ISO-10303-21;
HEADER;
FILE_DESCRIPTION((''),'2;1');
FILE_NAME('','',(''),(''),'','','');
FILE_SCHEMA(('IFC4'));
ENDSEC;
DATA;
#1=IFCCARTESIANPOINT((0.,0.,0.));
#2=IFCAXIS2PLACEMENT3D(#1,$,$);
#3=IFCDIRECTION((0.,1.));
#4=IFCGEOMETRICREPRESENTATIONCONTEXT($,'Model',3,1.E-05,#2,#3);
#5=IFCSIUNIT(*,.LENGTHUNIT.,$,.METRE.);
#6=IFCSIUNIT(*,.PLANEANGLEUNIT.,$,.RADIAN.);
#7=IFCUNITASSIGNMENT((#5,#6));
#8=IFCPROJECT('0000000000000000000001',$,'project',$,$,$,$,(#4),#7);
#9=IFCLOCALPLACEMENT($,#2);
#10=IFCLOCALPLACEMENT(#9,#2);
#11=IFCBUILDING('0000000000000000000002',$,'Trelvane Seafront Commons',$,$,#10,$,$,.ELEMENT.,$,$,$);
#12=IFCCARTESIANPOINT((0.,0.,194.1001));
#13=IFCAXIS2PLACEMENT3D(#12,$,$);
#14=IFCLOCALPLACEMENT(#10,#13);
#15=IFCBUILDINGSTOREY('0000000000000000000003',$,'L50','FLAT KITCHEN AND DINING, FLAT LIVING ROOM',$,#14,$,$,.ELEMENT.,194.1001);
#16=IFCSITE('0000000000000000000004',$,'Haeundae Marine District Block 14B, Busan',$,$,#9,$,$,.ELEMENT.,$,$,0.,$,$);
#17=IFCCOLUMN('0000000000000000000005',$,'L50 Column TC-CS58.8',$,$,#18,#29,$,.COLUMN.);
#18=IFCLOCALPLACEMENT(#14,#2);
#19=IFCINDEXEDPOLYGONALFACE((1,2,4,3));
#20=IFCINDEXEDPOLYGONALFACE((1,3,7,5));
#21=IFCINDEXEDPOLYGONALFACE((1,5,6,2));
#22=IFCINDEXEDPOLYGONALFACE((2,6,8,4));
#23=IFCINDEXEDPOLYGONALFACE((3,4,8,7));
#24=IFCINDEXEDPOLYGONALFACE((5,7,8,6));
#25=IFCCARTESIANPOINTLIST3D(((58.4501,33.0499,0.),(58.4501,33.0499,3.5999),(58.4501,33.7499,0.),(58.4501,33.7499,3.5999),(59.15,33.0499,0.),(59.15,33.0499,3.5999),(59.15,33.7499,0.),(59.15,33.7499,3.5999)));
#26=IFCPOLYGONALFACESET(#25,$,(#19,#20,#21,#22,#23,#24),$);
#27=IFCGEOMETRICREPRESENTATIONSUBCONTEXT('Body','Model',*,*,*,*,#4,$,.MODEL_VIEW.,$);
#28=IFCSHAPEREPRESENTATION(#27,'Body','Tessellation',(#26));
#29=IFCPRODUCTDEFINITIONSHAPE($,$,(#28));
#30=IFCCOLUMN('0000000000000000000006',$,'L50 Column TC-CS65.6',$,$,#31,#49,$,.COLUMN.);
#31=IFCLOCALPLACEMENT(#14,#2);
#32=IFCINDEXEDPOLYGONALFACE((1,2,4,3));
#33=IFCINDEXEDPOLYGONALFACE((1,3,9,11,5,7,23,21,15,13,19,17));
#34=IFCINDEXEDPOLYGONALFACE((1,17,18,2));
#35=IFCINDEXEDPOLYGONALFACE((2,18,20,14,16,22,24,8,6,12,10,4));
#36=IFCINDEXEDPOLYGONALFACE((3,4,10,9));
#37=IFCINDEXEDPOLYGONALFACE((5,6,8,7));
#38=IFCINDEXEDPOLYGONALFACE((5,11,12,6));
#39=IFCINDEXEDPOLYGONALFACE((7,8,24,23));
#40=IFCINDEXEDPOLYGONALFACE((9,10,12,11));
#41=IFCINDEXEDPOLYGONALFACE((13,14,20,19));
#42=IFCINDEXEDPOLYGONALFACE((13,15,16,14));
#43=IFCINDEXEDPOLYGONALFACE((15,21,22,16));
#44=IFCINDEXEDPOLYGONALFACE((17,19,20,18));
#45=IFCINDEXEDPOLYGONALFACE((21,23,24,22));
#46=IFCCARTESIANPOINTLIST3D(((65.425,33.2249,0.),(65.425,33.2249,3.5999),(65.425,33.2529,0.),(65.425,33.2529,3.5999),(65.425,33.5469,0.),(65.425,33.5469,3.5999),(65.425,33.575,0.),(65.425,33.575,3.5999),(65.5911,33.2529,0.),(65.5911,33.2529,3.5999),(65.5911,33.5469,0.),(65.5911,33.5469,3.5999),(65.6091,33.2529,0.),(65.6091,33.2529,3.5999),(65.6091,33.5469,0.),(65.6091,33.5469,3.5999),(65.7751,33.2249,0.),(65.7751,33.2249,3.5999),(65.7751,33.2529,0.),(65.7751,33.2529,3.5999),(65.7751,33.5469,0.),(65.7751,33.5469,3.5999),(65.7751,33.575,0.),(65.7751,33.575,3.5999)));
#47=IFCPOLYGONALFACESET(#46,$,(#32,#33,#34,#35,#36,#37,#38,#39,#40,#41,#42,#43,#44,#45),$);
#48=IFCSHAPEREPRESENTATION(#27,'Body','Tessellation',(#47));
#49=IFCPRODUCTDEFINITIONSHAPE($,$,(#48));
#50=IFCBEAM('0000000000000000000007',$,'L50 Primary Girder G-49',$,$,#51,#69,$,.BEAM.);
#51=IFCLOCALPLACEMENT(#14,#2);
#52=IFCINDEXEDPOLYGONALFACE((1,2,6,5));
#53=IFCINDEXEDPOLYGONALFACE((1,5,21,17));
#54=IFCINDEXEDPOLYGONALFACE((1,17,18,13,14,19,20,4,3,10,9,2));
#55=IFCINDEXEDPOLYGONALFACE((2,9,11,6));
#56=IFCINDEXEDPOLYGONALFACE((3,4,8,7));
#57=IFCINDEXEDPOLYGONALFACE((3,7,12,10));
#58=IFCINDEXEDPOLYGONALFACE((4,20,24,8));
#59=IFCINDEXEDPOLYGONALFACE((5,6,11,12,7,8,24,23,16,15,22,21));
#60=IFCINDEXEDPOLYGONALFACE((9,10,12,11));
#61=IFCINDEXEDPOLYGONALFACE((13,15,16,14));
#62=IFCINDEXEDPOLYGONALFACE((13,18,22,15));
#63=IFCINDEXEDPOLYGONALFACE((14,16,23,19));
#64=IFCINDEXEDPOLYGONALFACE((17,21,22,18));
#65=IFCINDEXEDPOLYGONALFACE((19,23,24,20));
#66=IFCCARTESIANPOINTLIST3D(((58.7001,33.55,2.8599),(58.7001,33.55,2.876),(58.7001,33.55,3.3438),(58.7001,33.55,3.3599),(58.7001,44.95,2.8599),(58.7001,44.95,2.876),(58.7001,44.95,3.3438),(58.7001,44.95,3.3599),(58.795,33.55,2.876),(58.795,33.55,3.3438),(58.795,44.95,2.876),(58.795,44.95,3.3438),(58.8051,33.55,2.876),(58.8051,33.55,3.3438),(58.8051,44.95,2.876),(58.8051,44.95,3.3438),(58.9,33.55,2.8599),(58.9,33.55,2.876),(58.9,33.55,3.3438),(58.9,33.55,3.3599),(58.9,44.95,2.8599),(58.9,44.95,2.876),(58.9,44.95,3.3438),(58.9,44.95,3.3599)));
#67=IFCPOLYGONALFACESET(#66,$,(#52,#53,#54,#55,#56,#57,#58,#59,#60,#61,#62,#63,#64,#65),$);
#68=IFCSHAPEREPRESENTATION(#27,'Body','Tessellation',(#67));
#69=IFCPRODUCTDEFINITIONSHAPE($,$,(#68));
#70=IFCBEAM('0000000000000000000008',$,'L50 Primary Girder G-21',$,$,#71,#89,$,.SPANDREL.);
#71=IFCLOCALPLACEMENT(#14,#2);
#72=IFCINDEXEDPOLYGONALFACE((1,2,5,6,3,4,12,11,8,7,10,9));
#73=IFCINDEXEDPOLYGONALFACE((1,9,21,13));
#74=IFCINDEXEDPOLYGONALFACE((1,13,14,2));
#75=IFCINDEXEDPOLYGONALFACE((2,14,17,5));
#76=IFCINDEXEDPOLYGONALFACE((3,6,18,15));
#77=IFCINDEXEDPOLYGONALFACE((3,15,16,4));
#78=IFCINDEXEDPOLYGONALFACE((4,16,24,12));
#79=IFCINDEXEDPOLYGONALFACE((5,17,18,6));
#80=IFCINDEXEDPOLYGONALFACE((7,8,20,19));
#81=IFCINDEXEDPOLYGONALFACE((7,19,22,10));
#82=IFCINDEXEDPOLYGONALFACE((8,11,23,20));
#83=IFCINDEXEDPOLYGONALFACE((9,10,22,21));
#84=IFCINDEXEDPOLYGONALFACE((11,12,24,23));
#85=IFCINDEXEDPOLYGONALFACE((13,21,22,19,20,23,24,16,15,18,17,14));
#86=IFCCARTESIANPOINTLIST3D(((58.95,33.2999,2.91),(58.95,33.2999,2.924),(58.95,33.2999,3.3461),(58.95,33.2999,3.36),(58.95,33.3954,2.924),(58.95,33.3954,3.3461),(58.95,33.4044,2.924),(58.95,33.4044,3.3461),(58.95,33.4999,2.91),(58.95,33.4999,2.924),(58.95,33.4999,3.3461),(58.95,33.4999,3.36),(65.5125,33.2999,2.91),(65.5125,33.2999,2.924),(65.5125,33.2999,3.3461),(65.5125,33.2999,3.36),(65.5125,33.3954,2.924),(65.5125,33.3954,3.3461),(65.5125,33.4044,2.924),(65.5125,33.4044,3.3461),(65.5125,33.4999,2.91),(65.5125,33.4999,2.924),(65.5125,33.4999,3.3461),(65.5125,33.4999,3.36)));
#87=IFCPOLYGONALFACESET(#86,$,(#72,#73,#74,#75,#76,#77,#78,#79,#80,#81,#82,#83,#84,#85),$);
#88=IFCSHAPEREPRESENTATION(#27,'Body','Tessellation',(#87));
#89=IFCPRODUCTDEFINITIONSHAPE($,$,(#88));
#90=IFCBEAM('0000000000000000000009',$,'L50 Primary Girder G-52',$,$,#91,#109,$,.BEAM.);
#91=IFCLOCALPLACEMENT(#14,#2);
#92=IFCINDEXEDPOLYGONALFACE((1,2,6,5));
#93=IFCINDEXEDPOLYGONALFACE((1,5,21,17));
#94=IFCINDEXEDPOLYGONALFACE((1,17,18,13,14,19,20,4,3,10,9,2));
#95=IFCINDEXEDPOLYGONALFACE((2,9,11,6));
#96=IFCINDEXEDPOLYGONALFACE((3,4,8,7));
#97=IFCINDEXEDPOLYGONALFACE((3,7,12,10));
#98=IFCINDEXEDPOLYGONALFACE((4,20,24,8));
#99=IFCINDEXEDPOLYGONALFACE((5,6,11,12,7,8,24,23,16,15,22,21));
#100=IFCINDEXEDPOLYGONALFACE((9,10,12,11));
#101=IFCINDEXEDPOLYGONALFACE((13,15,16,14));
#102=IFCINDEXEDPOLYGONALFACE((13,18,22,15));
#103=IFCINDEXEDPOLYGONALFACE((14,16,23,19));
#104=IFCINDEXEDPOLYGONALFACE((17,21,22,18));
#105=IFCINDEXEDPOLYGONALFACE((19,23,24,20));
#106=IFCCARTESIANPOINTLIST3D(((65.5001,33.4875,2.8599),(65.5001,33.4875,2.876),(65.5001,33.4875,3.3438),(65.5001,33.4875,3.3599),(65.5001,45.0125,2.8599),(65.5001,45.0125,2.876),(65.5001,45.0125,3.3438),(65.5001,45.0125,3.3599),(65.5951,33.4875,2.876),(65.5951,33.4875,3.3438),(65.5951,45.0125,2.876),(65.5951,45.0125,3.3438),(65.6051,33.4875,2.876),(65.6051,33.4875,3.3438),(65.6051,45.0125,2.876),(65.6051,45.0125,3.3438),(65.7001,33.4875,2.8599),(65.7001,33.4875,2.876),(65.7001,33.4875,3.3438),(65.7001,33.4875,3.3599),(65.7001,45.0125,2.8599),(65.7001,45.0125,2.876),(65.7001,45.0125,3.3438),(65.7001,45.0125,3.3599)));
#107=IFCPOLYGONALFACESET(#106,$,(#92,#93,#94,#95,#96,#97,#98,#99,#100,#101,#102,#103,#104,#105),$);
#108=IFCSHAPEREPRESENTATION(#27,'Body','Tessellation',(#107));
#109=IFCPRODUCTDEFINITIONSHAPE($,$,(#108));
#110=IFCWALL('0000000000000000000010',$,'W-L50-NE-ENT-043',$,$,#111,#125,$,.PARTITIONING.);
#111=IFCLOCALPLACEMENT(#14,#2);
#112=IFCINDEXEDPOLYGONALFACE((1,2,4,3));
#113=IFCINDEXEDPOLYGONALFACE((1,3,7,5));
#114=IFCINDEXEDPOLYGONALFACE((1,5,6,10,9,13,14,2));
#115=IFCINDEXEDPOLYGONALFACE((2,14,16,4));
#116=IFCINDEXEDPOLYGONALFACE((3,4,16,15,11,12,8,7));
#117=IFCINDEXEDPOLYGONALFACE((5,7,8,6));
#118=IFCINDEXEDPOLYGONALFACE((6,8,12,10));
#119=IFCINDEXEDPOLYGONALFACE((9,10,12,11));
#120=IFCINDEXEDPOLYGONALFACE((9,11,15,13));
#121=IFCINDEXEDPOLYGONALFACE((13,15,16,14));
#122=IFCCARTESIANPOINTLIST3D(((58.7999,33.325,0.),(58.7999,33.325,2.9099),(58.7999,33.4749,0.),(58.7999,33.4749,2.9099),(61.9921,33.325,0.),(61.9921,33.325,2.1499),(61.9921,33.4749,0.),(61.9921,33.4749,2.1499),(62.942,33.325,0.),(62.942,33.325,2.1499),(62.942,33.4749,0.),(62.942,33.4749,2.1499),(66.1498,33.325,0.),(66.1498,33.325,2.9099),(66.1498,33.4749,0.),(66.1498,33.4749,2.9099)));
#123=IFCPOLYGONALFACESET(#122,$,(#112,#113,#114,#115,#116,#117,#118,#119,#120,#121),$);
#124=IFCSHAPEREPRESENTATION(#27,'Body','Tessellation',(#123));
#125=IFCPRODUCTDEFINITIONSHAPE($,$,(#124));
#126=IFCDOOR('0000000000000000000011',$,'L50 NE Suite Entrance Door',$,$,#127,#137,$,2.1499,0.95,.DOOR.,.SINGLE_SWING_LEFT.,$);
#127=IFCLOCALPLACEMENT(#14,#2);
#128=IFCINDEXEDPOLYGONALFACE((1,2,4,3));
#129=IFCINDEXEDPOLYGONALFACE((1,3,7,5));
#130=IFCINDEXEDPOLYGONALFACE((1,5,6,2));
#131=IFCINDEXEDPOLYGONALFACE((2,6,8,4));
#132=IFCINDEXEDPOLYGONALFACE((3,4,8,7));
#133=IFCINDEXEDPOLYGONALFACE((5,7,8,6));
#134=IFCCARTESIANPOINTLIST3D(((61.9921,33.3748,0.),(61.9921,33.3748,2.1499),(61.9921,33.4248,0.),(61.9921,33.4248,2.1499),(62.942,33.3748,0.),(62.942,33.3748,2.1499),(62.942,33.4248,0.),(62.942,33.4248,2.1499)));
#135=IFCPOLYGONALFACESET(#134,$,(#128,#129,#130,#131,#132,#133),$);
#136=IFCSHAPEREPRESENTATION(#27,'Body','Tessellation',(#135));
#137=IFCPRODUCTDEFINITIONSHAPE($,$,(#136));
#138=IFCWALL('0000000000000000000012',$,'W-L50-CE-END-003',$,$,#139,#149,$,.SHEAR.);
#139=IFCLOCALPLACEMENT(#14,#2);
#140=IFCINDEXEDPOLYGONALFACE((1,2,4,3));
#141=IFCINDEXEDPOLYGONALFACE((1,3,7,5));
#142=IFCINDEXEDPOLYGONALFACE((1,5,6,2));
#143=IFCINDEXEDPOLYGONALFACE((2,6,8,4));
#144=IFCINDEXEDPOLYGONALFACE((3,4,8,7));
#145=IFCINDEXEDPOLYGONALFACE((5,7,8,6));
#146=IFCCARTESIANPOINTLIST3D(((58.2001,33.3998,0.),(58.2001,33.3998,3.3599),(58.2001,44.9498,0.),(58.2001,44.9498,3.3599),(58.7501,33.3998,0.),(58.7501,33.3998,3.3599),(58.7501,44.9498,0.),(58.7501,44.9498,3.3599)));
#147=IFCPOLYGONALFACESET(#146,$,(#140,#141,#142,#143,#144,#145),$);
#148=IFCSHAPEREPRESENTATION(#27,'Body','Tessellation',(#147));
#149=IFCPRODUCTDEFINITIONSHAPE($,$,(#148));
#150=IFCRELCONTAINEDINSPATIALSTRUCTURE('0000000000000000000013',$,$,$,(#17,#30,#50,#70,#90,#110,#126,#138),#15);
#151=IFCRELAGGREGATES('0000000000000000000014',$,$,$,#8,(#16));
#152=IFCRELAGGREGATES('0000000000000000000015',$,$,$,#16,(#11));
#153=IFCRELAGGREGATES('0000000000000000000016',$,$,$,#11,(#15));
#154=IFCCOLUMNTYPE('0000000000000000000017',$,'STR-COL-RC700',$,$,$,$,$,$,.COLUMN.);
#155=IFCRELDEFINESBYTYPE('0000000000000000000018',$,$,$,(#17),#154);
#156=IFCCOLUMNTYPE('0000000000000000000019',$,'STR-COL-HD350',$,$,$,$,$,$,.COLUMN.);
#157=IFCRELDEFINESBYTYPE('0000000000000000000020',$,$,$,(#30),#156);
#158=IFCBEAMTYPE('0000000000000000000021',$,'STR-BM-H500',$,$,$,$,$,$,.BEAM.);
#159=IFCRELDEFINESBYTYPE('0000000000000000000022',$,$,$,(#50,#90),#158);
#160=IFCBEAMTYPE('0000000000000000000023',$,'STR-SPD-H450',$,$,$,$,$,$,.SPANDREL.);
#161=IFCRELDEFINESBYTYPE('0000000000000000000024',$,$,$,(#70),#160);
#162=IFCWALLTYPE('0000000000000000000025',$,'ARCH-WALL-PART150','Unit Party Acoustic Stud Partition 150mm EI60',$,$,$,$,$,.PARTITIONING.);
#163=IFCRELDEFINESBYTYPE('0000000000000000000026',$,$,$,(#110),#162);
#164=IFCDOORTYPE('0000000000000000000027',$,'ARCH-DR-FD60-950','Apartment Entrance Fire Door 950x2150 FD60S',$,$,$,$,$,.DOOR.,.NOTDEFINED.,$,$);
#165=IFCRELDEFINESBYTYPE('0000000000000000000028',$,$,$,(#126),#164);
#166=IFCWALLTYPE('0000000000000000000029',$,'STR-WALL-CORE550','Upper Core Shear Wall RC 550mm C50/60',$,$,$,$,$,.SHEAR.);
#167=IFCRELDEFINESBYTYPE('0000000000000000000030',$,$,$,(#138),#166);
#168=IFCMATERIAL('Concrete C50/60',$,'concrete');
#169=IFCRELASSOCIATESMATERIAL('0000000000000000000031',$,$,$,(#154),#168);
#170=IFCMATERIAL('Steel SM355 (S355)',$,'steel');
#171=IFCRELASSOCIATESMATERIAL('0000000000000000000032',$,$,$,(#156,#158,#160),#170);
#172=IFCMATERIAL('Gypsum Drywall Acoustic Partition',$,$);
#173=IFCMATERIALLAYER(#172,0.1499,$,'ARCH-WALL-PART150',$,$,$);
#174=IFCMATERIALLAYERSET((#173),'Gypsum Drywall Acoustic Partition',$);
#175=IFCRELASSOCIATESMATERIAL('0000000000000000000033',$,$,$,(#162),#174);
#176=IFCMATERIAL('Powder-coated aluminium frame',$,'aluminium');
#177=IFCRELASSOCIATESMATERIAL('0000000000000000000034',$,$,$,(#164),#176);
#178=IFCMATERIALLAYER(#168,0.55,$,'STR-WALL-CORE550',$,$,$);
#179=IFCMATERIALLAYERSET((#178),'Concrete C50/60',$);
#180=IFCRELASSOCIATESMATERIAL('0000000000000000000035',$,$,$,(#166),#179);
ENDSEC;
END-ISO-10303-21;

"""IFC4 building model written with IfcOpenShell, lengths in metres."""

from ifc_helpers import new_model, si_unit, direction, frame, frame_2d, origin, origin_2d, place, context, subcontext, project, spatial, rectangle, i_section, extrude, source, transform, mapped, material, layer, layer_set, material_profile, profile_set, type_object, element, fill, save


model = new_model("IFC4")

# Units and contexts
model_context = context("Model", 3, precision=1e-05, world=origin(), true_north=direction((0.0, 1.0)))
body_context = subcontext(model_context, "Body", "Model", "MODEL_VIEW")
ifc_project = project(units=[si_unit("LENGTHUNIT", "METRE"), si_unit("PLANEANGLEUNIT", "RADIAN")], contexts=[model_context])

# Site, building, storey
site_placement = place(None, origin())
site = spatial("IfcSite", under=ifc_project, at=site_placement, Name="Haeundae Marine District Block 14B, Busan", CompositionType="ELEMENT", RefElevation=0.0)
building_placement = place(site_placement, origin())
building = spatial("IfcBuilding", under=site, at=building_placement, Name="Trelvane Seafront Commons", CompositionType="ELEMENT")
storey_placement = place(building_placement, frame((0.0, 0.0, 194.1001)))
storey = spatial("IfcBuildingStorey", under=building, at=storey_placement, Name="L50", Description="FLAT KITCHEN AND DINING, FLAT LIVING ROOM", CompositionType="ELEMENT", Elevation=194.1001)

# Columns
ifc_material_1 = material(Name="Concrete C50/60", Category="concrete")
ifc_material_profile_1 = material_profile(ifc_material_1, rectangle(XDim=0.7, YDim=0.7, at=origin_2d()), Name="RC-700x700")
ifc_profile_set_1 = profile_set([ifc_material_profile_1], Name="Concrete C50/60")
column_type_1 = type_object("IfcColumnType", Name="STR-COL-RC700", PredefinedType="COLUMN", material=ifc_profile_set_1)
shared_shape_1 = source(origin(), body_context, "Body", "SweptSolid", [
    extrude(rectangle(XDim=0.7, YDim=0.7, at=origin_2d()), origin(), (0.0, 0.0, 1.0), 3.5999),
])
column_1_placement = place(storey_placement, frame((58.8, 33.3999, 0.0), z_axis=(0.0, 0.0, 1.0), x_axis=(1.0, 0.0, 0.0)))
element("IfcColumn", 1, at=column_1_placement, inside=storey, type_object=column_type_1, Name="L50 Column TC-CS58.8", PredefinedType="COLUMN", context=body_context, shape_type="MappedRepresentation", body=[
    mapped(shared_shape_1, transform((0.0, 0.0, 0.0), x_axis=(1.0, 0.0, 0.0), y_axis=(0.0, 1.0, 0.0), z_axis=(0.0, 0.0, 1.0), scale=1.0)),
])
ifc_material_2 = material(Name="Steel SM355 (S355)", Category="steel")
ifc_material_profile_2 = material_profile(ifc_material_2, i_section(OverallWidth=0.3501, OverallDepth=0.3501, WebThickness=0.0181, FlangeThickness=0.0281, at=origin_2d()), Name="HD-350x350x18x28")
ifc_profile_set_2 = profile_set([ifc_material_profile_2], Name="Steel SM355 (S355)")
column_type_2 = type_object("IfcColumnType", Name="STR-COL-HD350", PredefinedType="COLUMN", material=ifc_profile_set_2)
shared_shape_2 = source(origin(), body_context, "Body", "SweptSolid", [
    extrude(i_section(OverallWidth=0.3501, OverallDepth=0.3501, WebThickness=0.0181, FlangeThickness=0.0281, at=origin_2d()), origin(), (0.0, 0.0, 1.0), 3.5999),
])
column_2_placement = place(storey_placement, frame((65.6001, 33.3999, 0.0), z_axis=(0.0, 0.0, 1.0), x_axis=(1.0, 0.0, 0.0)))
element("IfcColumn", 2, at=column_2_placement, inside=storey, type_object=column_type_2, Name="L50 Column TC-CS65.6", PredefinedType="COLUMN", context=body_context, shape_type="MappedRepresentation", body=[
    mapped(shared_shape_2, transform((0.0, 0.0, 0.0), x_axis=(1.0, 0.0, 0.0), y_axis=(0.0, 1.0, 0.0), z_axis=(0.0, 0.0, 1.0), scale=1.0)),
])

# Beams
ifc_material_profile_3 = material_profile(ifc_material_2, i_section(OverallWidth=0.2, OverallDepth=0.5, WebThickness=0.01, FlangeThickness=0.0161, at=origin_2d()), Name="H-500x200x10x16")
ifc_profile_set_3 = profile_set([ifc_material_profile_3], Name="Steel SM355 (S355)")
beam_type_1 = type_object("IfcBeamType", Name="STR-BM-H500", PredefinedType="BEAM", material=ifc_profile_set_3)
shared_shape_3 = source(origin(), body_context, "Body", "SweptSolid", [
    extrude(i_section(OverallWidth=0.2, OverallDepth=0.5, WebThickness=0.01, FlangeThickness=0.0161, at=origin_2d()), origin(), (0.0, 0.0, 1.0), 11.3999),
])
beam_1_placement = place(storey_placement, frame((58.8, 33.55, 3.1099), z_axis=(0.0, 1.0, 0.0), x_axis=(-1.0, 0.0, 0.0)))
element("IfcBeam", 3, at=beam_1_placement, inside=storey, type_object=beam_type_1, Name="L50 Primary Girder G-49", PredefinedType="BEAM", context=body_context, shape_type="MappedRepresentation", body=[
    mapped(shared_shape_3, transform((0.0, 0.0, 0.0), x_axis=(1.0, 0.0, 0.0), y_axis=(0.0, 1.0, 0.0), z_axis=(0.0, 0.0, 1.0), scale=1.0)),
])
ifc_material_profile_4 = material_profile(ifc_material_2, i_section(OverallWidth=0.2, OverallDepth=0.45, WebThickness=0.009, FlangeThickness=0.0139, at=origin_2d()), Name="H-450x200x9x14")
ifc_profile_set_4 = profile_set([ifc_material_profile_4], Name="Steel SM355 (S355)")
beam_type_2 = type_object("IfcBeamType", Name="STR-SPD-H450", PredefinedType="SPANDREL", material=ifc_profile_set_4)
shared_shape_4 = source(origin(), body_context, "Body", "SweptSolid", [
    extrude(i_section(OverallWidth=0.2, OverallDepth=0.45, WebThickness=0.009, FlangeThickness=0.0139, at=origin_2d()), origin(), (0.0, 0.0, 1.0), 6.5625),
])
beam_2_placement = place(storey_placement, frame((58.95, 33.3999, 3.135), z_axis=(1.0, 0.0, 0.0), x_axis=(0.0, 1.0, 0.0)))
element("IfcBeam", 4, at=beam_2_placement, inside=storey, type_object=beam_type_2, Name="L50 Primary Girder G-21", PredefinedType="SPANDREL", context=body_context, shape_type="MappedRepresentation", body=[
    mapped(shared_shape_4, transform((0.0, 0.0, 0.0), x_axis=(1.0, 0.0, 0.0), y_axis=(0.0, 1.0, 0.0), z_axis=(0.0, 0.0, 1.0), scale=1.0)),
])
shared_shape_5 = source(origin(), body_context, "Body", "SweptSolid", [
    extrude(i_section(OverallWidth=0.2, OverallDepth=0.5, WebThickness=0.01, FlangeThickness=0.0161, at=origin_2d()), origin(), (0.0, 0.0, 1.0), 11.5249),
])
beam_3_placement = place(storey_placement, frame((65.6001, 33.4875, 3.1099), z_axis=(0.0, 1.0, 0.0), x_axis=(-1.0, 0.0, 0.0)))
element("IfcBeam", 5, at=beam_3_placement, inside=storey, type_object=beam_type_1, Name="L50 Primary Girder G-52", PredefinedType="BEAM", context=body_context, shape_type="MappedRepresentation", body=[
    mapped(shared_shape_5, transform((0.0, 0.0, 0.0), x_axis=(1.0, 0.0, 0.0), y_axis=(0.0, 1.0, 0.0), z_axis=(0.0, 0.0, 1.0), scale=1.0)),
])

# Wall, opening, door
ifc_material_3 = material(Name="Gypsum Drywall Acoustic Partition")
ifc_layer_1 = layer(ifc_material_3, 0.1499, Name="ARCH-WALL-PART150")
ifc_layer_set_1 = layer_set([ifc_layer_1], Name="Gypsum Drywall Acoustic Partition")
wall_type_1 = type_object("IfcWallType", Name="ARCH-WALL-PART150", Description="Unit Party Acoustic Stud Partition 150mm EI60", PredefinedType="PARTITIONING", material=ifc_layer_set_1)
wall_1_placement = place(storey_placement, frame((58.8, 33.3999, 0.0), z_axis=(0.0, 0.0, 1.0), x_axis=(1.0, 0.0, 0.0)))
wall_1 = element("IfcWall", 6, at=wall_1_placement, inside=storey, type_object=wall_type_1, Name="W-L50-NE-ENT-043", PredefinedType="PARTITIONING", context=body_context, shape_type="SweptSolid", body=[
    extrude(rectangle(XDim=7.3499, YDim=0.1499, at=frame_2d((3.6748, 0.0))), origin(), (0.0, 0.0, 1.0), 2.9099),
])
opening_1_placement = place(wall_1_placement, frame((3.1919, 0.0, 0.0)))
opening_1 = element("IfcOpeningElement", 7, at=opening_1_placement, cuts=wall_1, PredefinedType="OPENING", context=body_context, shape_type="SweptSolid", body=[
    extrude(rectangle(XDim=0.95, YDim=2.1499, at=frame_2d((0.4751, 1.075))), frame((0.0, 0.085, 0.0), z_axis=(0.0, -1.0, 0.0), x_axis=(1.0, 0.0, 0.0)), (0.0, 0.0, 1.0), 0.1699),
])
ifc_material_4 = material(Name="Powder-coated aluminium frame", Category="aluminium")
door_type = type_object("IfcDoorType", Name="ARCH-DR-FD60-950", Description="Apartment Entrance Fire Door 950x2150 FD60S", OperationType="NOTDEFINED", PredefinedType="DOOR", material=ifc_material_4)
shared_shape_6 = source(origin(), body_context, "Body", "SweptSolid", [
    extrude(rectangle(XDim=0.95, YDim=2.1499, at=frame_2d((0.4751, 1.075))), frame((0.0, 0.0249, 0.0), z_axis=(0.0, -1.0, 0.0), x_axis=(1.0, 0.0, 0.0)), (0.0, 0.0, 1.0), 0.05),
])
door_1_placement = place(opening_1_placement, origin())
door_1 = element("IfcDoor", 8, at=door_1_placement, inside=storey, type_object=door_type, Name="L50 NE Suite Entrance Door", OperationType="SINGLE_SWING_LEFT", OverallHeight=2.1499, OverallWidth=0.95, PredefinedType="DOOR", context=body_context, shape_type="MappedRepresentation", body=[
    mapped(shared_shape_6, transform((0.0, 0.0, 0.0), x_axis=(1.0, 0.0, 0.0), y_axis=(0.0, 1.0, 0.0), z_axis=(0.0, 0.0, 1.0), scale=1.0)),
])
fill(opening_1, door_1)

# Wall
ifc_layer_2 = layer(ifc_material_1, 0.55, Name="STR-WALL-CORE550")
ifc_layer_set_2 = layer_set([ifc_layer_2], Name="Concrete C50/60")
wall_type_2 = type_object("IfcWallType", Name="STR-WALL-CORE550", Description="Upper Core Shear Wall RC 550mm C50/60", PredefinedType="SHEAR", material=ifc_layer_set_2)
wall_2_placement = place(storey_placement, frame((58.4751, 33.3999, 0.0), z_axis=(0.0, 0.0, 1.0), x_axis=(0.0, 1.0, 0.0)))
element("IfcWall", 9, at=wall_2_placement, inside=storey, type_object=wall_type_2, Name="W-L50-CE-END-003", PredefinedType="SHEAR", context=body_context, shape_type="SweptSolid", body=[
    extrude(rectangle(XDim=11.55, YDim=0.55, at=frame_2d((5.7749, 0.0))), origin(), (0.0, 0.0, 1.0), 3.3599),
])

save(model, "model.ifc")
